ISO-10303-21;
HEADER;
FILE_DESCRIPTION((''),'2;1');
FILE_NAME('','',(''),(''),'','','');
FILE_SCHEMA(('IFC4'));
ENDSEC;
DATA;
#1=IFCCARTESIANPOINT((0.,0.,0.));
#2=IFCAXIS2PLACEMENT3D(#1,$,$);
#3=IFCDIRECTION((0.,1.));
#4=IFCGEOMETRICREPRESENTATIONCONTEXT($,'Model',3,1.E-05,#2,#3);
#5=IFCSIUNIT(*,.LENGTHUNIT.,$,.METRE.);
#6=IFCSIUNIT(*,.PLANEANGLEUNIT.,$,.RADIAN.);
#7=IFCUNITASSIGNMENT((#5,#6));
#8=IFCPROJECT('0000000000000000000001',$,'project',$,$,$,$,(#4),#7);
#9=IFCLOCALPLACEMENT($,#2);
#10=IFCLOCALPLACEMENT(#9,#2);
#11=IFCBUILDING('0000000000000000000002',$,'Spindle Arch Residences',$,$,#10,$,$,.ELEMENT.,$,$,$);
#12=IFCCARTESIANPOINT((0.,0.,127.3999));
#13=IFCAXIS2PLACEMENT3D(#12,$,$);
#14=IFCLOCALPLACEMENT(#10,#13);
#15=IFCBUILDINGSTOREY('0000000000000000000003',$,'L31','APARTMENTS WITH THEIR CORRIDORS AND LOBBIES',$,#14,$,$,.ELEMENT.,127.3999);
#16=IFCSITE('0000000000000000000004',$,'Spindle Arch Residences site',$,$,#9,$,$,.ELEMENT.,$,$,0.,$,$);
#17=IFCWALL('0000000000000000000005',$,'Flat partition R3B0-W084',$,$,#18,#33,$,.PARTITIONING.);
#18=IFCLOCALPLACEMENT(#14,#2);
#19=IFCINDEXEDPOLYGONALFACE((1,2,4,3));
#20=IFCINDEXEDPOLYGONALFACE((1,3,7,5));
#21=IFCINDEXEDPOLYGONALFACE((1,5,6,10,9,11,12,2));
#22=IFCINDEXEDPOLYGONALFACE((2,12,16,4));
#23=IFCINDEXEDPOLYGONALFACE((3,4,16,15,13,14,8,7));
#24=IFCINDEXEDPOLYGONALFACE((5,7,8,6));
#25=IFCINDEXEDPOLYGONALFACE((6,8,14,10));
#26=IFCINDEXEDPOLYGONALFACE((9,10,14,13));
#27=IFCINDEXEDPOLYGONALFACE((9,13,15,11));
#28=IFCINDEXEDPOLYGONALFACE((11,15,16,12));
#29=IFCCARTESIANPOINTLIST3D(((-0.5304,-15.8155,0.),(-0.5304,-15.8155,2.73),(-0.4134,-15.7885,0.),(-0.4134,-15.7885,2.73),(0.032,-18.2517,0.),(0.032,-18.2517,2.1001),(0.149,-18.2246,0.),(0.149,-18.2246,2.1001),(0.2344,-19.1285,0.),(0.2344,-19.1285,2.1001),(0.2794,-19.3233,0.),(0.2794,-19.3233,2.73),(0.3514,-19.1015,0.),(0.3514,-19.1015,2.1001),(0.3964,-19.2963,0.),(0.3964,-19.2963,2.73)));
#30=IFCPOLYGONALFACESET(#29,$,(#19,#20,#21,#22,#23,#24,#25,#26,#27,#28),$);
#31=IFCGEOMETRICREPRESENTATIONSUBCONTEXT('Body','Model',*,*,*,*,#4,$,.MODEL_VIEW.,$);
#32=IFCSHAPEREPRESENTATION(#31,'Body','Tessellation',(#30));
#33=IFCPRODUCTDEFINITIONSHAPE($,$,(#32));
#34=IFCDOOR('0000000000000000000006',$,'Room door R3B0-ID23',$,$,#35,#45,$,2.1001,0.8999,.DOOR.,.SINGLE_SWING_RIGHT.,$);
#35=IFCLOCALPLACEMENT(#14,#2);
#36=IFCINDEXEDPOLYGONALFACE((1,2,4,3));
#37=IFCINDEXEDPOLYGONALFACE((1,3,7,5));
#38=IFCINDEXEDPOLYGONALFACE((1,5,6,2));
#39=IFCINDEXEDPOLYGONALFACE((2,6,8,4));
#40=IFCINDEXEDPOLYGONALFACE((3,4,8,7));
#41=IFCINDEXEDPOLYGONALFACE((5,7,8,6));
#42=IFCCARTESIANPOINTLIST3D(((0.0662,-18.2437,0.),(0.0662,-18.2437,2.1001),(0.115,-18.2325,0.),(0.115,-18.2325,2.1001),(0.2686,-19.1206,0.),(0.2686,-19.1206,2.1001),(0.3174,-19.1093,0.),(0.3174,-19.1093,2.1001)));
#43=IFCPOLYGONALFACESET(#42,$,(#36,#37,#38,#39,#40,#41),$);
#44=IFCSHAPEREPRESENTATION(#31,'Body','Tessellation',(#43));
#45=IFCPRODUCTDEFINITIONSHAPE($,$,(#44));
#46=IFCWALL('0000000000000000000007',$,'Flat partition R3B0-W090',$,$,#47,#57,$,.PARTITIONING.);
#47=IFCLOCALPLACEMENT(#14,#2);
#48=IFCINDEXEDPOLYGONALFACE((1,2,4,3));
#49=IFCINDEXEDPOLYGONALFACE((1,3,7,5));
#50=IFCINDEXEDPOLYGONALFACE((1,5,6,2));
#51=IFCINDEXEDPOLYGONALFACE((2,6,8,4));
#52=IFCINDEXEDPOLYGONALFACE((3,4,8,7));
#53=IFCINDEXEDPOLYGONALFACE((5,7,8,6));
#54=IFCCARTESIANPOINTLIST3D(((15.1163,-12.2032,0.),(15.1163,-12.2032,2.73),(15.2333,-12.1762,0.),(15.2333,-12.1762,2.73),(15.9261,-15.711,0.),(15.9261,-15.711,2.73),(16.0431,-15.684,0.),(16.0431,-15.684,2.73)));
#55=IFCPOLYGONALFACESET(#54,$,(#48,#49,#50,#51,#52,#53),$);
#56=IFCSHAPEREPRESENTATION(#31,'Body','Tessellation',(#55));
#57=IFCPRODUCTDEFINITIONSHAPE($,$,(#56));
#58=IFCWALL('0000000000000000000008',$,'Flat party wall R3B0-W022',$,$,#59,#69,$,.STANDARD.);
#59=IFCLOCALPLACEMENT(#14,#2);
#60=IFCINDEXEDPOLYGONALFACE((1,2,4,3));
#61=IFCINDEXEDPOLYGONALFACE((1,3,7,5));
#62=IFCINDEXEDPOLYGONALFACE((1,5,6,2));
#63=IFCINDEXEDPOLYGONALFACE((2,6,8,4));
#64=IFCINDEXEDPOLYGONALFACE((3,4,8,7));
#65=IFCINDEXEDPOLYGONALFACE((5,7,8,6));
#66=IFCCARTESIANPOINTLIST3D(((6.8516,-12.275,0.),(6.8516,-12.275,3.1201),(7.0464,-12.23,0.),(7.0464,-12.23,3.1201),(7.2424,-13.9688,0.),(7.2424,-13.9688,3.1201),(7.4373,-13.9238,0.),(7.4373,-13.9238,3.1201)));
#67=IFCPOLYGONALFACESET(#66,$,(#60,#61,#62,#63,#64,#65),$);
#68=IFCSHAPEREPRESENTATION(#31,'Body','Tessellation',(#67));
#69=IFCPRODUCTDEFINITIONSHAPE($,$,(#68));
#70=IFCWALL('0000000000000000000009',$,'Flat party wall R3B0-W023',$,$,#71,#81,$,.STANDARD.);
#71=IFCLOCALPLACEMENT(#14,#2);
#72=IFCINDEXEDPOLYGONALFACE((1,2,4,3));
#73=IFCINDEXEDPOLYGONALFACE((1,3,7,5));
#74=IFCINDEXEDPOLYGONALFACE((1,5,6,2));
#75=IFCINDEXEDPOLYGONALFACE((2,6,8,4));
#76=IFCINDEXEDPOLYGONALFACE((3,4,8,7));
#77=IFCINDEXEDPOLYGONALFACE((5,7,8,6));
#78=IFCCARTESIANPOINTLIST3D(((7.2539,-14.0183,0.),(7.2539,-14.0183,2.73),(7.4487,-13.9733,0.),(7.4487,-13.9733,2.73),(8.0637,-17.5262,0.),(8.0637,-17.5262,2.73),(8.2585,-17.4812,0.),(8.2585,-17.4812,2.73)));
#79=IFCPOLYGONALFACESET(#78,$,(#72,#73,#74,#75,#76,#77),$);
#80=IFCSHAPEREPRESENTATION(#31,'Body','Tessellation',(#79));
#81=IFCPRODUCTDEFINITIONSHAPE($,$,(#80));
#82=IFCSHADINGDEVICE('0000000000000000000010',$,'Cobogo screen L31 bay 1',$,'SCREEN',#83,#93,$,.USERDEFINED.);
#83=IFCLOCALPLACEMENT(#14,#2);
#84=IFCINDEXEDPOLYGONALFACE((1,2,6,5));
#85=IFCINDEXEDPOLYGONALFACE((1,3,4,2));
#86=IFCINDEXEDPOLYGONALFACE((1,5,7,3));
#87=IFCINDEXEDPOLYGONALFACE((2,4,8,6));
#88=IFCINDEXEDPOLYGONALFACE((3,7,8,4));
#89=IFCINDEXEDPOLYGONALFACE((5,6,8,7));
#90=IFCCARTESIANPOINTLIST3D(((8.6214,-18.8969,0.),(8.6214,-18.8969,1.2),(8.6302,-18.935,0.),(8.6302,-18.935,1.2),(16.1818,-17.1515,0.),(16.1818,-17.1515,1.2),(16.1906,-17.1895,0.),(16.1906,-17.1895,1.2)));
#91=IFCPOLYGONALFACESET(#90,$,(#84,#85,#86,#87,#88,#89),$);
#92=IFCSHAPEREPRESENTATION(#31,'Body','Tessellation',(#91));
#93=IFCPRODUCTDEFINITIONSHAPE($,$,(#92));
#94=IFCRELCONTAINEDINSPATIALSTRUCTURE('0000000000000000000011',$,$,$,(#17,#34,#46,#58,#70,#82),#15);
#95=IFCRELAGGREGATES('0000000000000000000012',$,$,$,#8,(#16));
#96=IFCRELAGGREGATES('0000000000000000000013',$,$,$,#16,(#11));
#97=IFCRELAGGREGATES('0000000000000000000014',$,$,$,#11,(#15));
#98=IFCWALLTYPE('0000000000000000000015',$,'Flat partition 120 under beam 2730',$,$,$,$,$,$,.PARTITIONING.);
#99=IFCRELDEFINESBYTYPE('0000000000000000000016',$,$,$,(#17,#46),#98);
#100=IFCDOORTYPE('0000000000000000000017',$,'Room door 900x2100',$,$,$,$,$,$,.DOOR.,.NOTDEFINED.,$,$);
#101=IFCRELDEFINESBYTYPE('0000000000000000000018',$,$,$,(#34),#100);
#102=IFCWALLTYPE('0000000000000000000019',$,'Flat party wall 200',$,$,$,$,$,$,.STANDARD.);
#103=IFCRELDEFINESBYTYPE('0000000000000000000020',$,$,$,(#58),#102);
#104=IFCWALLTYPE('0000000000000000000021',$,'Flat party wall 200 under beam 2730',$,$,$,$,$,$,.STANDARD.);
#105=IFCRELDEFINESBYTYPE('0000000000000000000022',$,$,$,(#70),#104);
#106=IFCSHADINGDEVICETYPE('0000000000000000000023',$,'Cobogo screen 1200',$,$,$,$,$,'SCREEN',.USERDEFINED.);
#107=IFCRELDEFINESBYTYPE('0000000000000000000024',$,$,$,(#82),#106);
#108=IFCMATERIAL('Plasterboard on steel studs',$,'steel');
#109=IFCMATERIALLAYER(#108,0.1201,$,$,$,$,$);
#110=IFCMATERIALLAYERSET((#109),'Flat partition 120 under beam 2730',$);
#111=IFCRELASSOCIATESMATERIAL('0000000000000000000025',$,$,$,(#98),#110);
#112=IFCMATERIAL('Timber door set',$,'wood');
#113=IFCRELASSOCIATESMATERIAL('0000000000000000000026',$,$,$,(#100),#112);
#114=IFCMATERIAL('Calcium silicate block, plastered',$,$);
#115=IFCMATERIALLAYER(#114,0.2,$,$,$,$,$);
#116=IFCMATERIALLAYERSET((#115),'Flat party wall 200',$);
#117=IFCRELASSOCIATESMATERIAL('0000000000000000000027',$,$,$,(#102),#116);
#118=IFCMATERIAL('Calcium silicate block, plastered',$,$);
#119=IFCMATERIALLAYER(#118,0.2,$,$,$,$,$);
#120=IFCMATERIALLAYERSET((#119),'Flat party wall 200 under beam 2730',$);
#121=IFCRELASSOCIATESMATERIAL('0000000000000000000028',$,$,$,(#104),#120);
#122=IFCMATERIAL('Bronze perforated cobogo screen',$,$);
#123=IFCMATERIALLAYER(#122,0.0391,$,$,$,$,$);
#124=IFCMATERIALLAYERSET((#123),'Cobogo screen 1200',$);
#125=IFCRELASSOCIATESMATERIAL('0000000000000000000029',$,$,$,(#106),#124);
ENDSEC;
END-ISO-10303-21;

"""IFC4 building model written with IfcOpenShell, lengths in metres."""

from ifc_helpers import new_model, si_unit, direction, frame, frame_2d, origin, origin_2d, place, context, subcontext, project, spatial, rectangle, extrude, material, layer, layer_set, type_object, element, fill, save


model = new_model("IFC4")

# Units and contexts
model_context = context("Model", 3, precision=1e-05, world=origin(), true_north=direction((0.0, 1.0)))
body_context = subcontext(model_context, "Body", "Model", "MODEL_VIEW")
ifc_project = project(units=[si_unit("LENGTHUNIT", "METRE"), si_unit("PLANEANGLEUNIT", "RADIAN")], contexts=[model_context])

# Site, building, storey
site_placement = place(None, origin())
site = spatial("IfcSite", under=ifc_project, at=site_placement, Name="Spindle Arch Residences site", CompositionType="ELEMENT", RefElevation=0.0)
building_placement = place(site_placement, origin())
building = spatial("IfcBuilding", under=site, at=building_placement, Name="Spindle Arch Residences", CompositionType="ELEMENT")
storey_placement = place(building_placement, frame((0.0, 0.0, 127.3999)))
storey = spatial("IfcBuildingStorey", under=building, at=storey_placement, Name="L31", Description="APARTMENTS WITH THEIR CORRIDORS AND LOBBIES", CompositionType="ELEMENT", Elevation=127.3999)

# Wall, opening, door
ifc_material_1 = material(Name="Plasterboard on steel studs", Category="steel")
ifc_layer_1 = layer(ifc_material_1, 0.1201)
ifc_layer_set_1 = layer_set([ifc_layer_1], Name="Flat partition 120 under beam 2730")
wall_type_1 = type_object("IfcWallType", Name="Flat partition 120 under beam 2730", PredefinedType="PARTITIONING", material=ifc_layer_set_1)
wall_1_placement = place(storey_placement, frame((0.3379, -19.3098, 0.0), z_axis=(0.0, 0.0, 1.0), x_axis=(-0.224944, 0.974372, 0.0)))
wall_1 = element("IfcWall", 1, at=wall_1_placement, inside=storey, type_object=wall_type_1, Name="Flat partition R3B0-W084", PredefinedType="PARTITIONING", context=body_context, shape_type="SweptSolid", body=[
    extrude(rectangle(XDim=3.6001, YDim=0.1201, at=frame_2d((1.8, 0.0))), origin(), (0.0, 0.0, 1.0), 2.73),
])
opening_1_placement = place(wall_1_placement, frame((0.2, 0.0, 0.0)))
opening_1 = element("IfcOpeningElement", 2, at=opening_1_placement, cuts=wall_1, PredefinedType="OPENING", context=body_context, shape_type="SweptSolid", body=[
    extrude(rectangle(XDim=0.8999, YDim=2.1001, at=frame_2d((0.45, 1.05))), frame((0.0, 0.0701, 0.0), z_axis=(0.0, -1.0, 0.0), x_axis=(1.0, 0.0, 0.0)), (0.0, 0.0, 1.0), 0.1401),
])
ifc_material_2 = material(Name="Timber door set", Category="wood")
door_type_1 = type_object("IfcDoorType", Name="Room door 900x2100", OperationType="NOTDEFINED", PredefinedType="DOOR", material=ifc_material_2)
door_1_placement = place(opening_1_placement, origin())
door_1 = element("IfcDoor", 3, at=door_1_placement, inside=storey, type_object=door_type_1, Name="Room door R3B0-ID23", OperationType="SINGLE_SWING_RIGHT", OverallHeight=2.1001, OverallWidth=0.8999, PredefinedType="DOOR", context=body_context, shape_type="SweptSolid", body=[
    extrude(rectangle(XDim=0.8999, YDim=2.1001, at=frame_2d((0.45, 1.05))), frame((0.0, 0.0249, 0.0), z_axis=(0.0, -1.0, 0.0), x_axis=(1.0, 0.0, 0.0)), (0.0, 0.0, 1.0), 0.05),
])
fill(opening_1, door_1)

# Walls
wall_2_placement = place(storey_placement, frame((15.9846, -15.6975, 0.0), z_axis=(0.0, 0.0, 1.0), x_axis=(-0.224944, 0.974372, 0.0)))
element("IfcWall", 4, at=wall_2_placement, inside=storey, type_object=wall_type_1, Name="Flat partition R3B0-W090", PredefinedType="PARTITIONING", context=body_context, shape_type="SweptSolid", body=[
    extrude(rectangle(XDim=3.6001, YDim=0.1201, at=frame_2d((1.8, 0.0))), origin(), (0.0, 0.0, 1.0), 2.73),
])
ifc_material_3 = material(Name="Calcium silicate block, plastered")
ifc_layer_2 = layer(ifc_material_3, 0.2)
ifc_layer_set_2 = layer_set([ifc_layer_2], Name="Flat party wall 200")
wall_type_2 = type_object("IfcWallType", Name="Flat party wall 200", PredefinedType="STANDARD", material=ifc_layer_set_2)
wall_3_placement = place(storey_placement, frame((7.3398, -13.9463, 0.0), z_axis=(0.0, 0.0, 1.0), x_axis=(-0.224849, 0.974394, 0.0)))
element("IfcWall", 5, at=wall_3_placement, inside=storey, type_object=wall_type_2, Name="Flat party wall R3B0-W022", PredefinedType="STANDARD", context=body_context, shape_type="SweptSolid", body=[
    extrude(rectangle(XDim=1.7383, YDim=0.2, at=frame_2d((0.8691, 0.0))), origin(), (0.0, 0.0, 1.0), 3.1201),
])
ifc_material_4 = material(Name="Calcium silicate block, plastered")
ifc_layer_3 = layer(ifc_material_4, 0.2)
ifc_layer_set_3 = layer_set([ifc_layer_3], Name="Flat party wall 200 under beam 2730")
wall_type_3 = type_object("IfcWallType", Name="Flat party wall 200 under beam 2730", PredefinedType="STANDARD", material=ifc_layer_set_3)
wall_4_placement = place(storey_placement, frame((8.1611, -17.5037, 0.0), z_axis=(0.0, 0.0, 1.0), x_axis=(-0.224944, 0.974372, 0.0)))
element("IfcWall", 6, at=wall_4_placement, inside=storey, type_object=wall_type_3, Name="Flat party wall R3B0-W023", PredefinedType="STANDARD", context=body_context, shape_type="SweptSolid", body=[
    extrude(rectangle(XDim=3.6001, YDim=0.2, at=frame_2d((1.8, 0.0))), origin(), (0.0, 0.0, 1.0), 2.73),
])

# Shading device
ifc_material_5 = material(Name="Bronze perforated cobogo screen")
ifc_layer_4 = layer(ifc_material_5, 0.0391)
ifc_layer_set_4 = layer_set([ifc_layer_4], Name="Cobogo screen 1200")
shading_device_type = type_object("IfcShadingDeviceType", Name="Cobogo screen 1200", ElementType="SCREEN", PredefinedType="USERDEFINED", material=ifc_layer_set_4)
shading_device_placement = place(storey_placement, frame((12.406, -18.0432, 0.0), z_axis=(0.0, 0.0, 1.0), x_axis=(0.97437, 0.224951, 0.0)))
element("IfcShadingDevice", 7, at=shading_device_placement, inside=storey, type_object=shading_device_type, Name="Cobogo screen L31 bay 1", ObjectType="SCREEN", PredefinedType="USERDEFINED", context=body_context, shape_type="SweptSolid", body=[
    extrude(rectangle(XDim=7.7593, YDim=0.0391, at=origin_2d()), origin(), (0.0, 0.0, 1.0), 1.2),
])

save(model, "model.ifc")
